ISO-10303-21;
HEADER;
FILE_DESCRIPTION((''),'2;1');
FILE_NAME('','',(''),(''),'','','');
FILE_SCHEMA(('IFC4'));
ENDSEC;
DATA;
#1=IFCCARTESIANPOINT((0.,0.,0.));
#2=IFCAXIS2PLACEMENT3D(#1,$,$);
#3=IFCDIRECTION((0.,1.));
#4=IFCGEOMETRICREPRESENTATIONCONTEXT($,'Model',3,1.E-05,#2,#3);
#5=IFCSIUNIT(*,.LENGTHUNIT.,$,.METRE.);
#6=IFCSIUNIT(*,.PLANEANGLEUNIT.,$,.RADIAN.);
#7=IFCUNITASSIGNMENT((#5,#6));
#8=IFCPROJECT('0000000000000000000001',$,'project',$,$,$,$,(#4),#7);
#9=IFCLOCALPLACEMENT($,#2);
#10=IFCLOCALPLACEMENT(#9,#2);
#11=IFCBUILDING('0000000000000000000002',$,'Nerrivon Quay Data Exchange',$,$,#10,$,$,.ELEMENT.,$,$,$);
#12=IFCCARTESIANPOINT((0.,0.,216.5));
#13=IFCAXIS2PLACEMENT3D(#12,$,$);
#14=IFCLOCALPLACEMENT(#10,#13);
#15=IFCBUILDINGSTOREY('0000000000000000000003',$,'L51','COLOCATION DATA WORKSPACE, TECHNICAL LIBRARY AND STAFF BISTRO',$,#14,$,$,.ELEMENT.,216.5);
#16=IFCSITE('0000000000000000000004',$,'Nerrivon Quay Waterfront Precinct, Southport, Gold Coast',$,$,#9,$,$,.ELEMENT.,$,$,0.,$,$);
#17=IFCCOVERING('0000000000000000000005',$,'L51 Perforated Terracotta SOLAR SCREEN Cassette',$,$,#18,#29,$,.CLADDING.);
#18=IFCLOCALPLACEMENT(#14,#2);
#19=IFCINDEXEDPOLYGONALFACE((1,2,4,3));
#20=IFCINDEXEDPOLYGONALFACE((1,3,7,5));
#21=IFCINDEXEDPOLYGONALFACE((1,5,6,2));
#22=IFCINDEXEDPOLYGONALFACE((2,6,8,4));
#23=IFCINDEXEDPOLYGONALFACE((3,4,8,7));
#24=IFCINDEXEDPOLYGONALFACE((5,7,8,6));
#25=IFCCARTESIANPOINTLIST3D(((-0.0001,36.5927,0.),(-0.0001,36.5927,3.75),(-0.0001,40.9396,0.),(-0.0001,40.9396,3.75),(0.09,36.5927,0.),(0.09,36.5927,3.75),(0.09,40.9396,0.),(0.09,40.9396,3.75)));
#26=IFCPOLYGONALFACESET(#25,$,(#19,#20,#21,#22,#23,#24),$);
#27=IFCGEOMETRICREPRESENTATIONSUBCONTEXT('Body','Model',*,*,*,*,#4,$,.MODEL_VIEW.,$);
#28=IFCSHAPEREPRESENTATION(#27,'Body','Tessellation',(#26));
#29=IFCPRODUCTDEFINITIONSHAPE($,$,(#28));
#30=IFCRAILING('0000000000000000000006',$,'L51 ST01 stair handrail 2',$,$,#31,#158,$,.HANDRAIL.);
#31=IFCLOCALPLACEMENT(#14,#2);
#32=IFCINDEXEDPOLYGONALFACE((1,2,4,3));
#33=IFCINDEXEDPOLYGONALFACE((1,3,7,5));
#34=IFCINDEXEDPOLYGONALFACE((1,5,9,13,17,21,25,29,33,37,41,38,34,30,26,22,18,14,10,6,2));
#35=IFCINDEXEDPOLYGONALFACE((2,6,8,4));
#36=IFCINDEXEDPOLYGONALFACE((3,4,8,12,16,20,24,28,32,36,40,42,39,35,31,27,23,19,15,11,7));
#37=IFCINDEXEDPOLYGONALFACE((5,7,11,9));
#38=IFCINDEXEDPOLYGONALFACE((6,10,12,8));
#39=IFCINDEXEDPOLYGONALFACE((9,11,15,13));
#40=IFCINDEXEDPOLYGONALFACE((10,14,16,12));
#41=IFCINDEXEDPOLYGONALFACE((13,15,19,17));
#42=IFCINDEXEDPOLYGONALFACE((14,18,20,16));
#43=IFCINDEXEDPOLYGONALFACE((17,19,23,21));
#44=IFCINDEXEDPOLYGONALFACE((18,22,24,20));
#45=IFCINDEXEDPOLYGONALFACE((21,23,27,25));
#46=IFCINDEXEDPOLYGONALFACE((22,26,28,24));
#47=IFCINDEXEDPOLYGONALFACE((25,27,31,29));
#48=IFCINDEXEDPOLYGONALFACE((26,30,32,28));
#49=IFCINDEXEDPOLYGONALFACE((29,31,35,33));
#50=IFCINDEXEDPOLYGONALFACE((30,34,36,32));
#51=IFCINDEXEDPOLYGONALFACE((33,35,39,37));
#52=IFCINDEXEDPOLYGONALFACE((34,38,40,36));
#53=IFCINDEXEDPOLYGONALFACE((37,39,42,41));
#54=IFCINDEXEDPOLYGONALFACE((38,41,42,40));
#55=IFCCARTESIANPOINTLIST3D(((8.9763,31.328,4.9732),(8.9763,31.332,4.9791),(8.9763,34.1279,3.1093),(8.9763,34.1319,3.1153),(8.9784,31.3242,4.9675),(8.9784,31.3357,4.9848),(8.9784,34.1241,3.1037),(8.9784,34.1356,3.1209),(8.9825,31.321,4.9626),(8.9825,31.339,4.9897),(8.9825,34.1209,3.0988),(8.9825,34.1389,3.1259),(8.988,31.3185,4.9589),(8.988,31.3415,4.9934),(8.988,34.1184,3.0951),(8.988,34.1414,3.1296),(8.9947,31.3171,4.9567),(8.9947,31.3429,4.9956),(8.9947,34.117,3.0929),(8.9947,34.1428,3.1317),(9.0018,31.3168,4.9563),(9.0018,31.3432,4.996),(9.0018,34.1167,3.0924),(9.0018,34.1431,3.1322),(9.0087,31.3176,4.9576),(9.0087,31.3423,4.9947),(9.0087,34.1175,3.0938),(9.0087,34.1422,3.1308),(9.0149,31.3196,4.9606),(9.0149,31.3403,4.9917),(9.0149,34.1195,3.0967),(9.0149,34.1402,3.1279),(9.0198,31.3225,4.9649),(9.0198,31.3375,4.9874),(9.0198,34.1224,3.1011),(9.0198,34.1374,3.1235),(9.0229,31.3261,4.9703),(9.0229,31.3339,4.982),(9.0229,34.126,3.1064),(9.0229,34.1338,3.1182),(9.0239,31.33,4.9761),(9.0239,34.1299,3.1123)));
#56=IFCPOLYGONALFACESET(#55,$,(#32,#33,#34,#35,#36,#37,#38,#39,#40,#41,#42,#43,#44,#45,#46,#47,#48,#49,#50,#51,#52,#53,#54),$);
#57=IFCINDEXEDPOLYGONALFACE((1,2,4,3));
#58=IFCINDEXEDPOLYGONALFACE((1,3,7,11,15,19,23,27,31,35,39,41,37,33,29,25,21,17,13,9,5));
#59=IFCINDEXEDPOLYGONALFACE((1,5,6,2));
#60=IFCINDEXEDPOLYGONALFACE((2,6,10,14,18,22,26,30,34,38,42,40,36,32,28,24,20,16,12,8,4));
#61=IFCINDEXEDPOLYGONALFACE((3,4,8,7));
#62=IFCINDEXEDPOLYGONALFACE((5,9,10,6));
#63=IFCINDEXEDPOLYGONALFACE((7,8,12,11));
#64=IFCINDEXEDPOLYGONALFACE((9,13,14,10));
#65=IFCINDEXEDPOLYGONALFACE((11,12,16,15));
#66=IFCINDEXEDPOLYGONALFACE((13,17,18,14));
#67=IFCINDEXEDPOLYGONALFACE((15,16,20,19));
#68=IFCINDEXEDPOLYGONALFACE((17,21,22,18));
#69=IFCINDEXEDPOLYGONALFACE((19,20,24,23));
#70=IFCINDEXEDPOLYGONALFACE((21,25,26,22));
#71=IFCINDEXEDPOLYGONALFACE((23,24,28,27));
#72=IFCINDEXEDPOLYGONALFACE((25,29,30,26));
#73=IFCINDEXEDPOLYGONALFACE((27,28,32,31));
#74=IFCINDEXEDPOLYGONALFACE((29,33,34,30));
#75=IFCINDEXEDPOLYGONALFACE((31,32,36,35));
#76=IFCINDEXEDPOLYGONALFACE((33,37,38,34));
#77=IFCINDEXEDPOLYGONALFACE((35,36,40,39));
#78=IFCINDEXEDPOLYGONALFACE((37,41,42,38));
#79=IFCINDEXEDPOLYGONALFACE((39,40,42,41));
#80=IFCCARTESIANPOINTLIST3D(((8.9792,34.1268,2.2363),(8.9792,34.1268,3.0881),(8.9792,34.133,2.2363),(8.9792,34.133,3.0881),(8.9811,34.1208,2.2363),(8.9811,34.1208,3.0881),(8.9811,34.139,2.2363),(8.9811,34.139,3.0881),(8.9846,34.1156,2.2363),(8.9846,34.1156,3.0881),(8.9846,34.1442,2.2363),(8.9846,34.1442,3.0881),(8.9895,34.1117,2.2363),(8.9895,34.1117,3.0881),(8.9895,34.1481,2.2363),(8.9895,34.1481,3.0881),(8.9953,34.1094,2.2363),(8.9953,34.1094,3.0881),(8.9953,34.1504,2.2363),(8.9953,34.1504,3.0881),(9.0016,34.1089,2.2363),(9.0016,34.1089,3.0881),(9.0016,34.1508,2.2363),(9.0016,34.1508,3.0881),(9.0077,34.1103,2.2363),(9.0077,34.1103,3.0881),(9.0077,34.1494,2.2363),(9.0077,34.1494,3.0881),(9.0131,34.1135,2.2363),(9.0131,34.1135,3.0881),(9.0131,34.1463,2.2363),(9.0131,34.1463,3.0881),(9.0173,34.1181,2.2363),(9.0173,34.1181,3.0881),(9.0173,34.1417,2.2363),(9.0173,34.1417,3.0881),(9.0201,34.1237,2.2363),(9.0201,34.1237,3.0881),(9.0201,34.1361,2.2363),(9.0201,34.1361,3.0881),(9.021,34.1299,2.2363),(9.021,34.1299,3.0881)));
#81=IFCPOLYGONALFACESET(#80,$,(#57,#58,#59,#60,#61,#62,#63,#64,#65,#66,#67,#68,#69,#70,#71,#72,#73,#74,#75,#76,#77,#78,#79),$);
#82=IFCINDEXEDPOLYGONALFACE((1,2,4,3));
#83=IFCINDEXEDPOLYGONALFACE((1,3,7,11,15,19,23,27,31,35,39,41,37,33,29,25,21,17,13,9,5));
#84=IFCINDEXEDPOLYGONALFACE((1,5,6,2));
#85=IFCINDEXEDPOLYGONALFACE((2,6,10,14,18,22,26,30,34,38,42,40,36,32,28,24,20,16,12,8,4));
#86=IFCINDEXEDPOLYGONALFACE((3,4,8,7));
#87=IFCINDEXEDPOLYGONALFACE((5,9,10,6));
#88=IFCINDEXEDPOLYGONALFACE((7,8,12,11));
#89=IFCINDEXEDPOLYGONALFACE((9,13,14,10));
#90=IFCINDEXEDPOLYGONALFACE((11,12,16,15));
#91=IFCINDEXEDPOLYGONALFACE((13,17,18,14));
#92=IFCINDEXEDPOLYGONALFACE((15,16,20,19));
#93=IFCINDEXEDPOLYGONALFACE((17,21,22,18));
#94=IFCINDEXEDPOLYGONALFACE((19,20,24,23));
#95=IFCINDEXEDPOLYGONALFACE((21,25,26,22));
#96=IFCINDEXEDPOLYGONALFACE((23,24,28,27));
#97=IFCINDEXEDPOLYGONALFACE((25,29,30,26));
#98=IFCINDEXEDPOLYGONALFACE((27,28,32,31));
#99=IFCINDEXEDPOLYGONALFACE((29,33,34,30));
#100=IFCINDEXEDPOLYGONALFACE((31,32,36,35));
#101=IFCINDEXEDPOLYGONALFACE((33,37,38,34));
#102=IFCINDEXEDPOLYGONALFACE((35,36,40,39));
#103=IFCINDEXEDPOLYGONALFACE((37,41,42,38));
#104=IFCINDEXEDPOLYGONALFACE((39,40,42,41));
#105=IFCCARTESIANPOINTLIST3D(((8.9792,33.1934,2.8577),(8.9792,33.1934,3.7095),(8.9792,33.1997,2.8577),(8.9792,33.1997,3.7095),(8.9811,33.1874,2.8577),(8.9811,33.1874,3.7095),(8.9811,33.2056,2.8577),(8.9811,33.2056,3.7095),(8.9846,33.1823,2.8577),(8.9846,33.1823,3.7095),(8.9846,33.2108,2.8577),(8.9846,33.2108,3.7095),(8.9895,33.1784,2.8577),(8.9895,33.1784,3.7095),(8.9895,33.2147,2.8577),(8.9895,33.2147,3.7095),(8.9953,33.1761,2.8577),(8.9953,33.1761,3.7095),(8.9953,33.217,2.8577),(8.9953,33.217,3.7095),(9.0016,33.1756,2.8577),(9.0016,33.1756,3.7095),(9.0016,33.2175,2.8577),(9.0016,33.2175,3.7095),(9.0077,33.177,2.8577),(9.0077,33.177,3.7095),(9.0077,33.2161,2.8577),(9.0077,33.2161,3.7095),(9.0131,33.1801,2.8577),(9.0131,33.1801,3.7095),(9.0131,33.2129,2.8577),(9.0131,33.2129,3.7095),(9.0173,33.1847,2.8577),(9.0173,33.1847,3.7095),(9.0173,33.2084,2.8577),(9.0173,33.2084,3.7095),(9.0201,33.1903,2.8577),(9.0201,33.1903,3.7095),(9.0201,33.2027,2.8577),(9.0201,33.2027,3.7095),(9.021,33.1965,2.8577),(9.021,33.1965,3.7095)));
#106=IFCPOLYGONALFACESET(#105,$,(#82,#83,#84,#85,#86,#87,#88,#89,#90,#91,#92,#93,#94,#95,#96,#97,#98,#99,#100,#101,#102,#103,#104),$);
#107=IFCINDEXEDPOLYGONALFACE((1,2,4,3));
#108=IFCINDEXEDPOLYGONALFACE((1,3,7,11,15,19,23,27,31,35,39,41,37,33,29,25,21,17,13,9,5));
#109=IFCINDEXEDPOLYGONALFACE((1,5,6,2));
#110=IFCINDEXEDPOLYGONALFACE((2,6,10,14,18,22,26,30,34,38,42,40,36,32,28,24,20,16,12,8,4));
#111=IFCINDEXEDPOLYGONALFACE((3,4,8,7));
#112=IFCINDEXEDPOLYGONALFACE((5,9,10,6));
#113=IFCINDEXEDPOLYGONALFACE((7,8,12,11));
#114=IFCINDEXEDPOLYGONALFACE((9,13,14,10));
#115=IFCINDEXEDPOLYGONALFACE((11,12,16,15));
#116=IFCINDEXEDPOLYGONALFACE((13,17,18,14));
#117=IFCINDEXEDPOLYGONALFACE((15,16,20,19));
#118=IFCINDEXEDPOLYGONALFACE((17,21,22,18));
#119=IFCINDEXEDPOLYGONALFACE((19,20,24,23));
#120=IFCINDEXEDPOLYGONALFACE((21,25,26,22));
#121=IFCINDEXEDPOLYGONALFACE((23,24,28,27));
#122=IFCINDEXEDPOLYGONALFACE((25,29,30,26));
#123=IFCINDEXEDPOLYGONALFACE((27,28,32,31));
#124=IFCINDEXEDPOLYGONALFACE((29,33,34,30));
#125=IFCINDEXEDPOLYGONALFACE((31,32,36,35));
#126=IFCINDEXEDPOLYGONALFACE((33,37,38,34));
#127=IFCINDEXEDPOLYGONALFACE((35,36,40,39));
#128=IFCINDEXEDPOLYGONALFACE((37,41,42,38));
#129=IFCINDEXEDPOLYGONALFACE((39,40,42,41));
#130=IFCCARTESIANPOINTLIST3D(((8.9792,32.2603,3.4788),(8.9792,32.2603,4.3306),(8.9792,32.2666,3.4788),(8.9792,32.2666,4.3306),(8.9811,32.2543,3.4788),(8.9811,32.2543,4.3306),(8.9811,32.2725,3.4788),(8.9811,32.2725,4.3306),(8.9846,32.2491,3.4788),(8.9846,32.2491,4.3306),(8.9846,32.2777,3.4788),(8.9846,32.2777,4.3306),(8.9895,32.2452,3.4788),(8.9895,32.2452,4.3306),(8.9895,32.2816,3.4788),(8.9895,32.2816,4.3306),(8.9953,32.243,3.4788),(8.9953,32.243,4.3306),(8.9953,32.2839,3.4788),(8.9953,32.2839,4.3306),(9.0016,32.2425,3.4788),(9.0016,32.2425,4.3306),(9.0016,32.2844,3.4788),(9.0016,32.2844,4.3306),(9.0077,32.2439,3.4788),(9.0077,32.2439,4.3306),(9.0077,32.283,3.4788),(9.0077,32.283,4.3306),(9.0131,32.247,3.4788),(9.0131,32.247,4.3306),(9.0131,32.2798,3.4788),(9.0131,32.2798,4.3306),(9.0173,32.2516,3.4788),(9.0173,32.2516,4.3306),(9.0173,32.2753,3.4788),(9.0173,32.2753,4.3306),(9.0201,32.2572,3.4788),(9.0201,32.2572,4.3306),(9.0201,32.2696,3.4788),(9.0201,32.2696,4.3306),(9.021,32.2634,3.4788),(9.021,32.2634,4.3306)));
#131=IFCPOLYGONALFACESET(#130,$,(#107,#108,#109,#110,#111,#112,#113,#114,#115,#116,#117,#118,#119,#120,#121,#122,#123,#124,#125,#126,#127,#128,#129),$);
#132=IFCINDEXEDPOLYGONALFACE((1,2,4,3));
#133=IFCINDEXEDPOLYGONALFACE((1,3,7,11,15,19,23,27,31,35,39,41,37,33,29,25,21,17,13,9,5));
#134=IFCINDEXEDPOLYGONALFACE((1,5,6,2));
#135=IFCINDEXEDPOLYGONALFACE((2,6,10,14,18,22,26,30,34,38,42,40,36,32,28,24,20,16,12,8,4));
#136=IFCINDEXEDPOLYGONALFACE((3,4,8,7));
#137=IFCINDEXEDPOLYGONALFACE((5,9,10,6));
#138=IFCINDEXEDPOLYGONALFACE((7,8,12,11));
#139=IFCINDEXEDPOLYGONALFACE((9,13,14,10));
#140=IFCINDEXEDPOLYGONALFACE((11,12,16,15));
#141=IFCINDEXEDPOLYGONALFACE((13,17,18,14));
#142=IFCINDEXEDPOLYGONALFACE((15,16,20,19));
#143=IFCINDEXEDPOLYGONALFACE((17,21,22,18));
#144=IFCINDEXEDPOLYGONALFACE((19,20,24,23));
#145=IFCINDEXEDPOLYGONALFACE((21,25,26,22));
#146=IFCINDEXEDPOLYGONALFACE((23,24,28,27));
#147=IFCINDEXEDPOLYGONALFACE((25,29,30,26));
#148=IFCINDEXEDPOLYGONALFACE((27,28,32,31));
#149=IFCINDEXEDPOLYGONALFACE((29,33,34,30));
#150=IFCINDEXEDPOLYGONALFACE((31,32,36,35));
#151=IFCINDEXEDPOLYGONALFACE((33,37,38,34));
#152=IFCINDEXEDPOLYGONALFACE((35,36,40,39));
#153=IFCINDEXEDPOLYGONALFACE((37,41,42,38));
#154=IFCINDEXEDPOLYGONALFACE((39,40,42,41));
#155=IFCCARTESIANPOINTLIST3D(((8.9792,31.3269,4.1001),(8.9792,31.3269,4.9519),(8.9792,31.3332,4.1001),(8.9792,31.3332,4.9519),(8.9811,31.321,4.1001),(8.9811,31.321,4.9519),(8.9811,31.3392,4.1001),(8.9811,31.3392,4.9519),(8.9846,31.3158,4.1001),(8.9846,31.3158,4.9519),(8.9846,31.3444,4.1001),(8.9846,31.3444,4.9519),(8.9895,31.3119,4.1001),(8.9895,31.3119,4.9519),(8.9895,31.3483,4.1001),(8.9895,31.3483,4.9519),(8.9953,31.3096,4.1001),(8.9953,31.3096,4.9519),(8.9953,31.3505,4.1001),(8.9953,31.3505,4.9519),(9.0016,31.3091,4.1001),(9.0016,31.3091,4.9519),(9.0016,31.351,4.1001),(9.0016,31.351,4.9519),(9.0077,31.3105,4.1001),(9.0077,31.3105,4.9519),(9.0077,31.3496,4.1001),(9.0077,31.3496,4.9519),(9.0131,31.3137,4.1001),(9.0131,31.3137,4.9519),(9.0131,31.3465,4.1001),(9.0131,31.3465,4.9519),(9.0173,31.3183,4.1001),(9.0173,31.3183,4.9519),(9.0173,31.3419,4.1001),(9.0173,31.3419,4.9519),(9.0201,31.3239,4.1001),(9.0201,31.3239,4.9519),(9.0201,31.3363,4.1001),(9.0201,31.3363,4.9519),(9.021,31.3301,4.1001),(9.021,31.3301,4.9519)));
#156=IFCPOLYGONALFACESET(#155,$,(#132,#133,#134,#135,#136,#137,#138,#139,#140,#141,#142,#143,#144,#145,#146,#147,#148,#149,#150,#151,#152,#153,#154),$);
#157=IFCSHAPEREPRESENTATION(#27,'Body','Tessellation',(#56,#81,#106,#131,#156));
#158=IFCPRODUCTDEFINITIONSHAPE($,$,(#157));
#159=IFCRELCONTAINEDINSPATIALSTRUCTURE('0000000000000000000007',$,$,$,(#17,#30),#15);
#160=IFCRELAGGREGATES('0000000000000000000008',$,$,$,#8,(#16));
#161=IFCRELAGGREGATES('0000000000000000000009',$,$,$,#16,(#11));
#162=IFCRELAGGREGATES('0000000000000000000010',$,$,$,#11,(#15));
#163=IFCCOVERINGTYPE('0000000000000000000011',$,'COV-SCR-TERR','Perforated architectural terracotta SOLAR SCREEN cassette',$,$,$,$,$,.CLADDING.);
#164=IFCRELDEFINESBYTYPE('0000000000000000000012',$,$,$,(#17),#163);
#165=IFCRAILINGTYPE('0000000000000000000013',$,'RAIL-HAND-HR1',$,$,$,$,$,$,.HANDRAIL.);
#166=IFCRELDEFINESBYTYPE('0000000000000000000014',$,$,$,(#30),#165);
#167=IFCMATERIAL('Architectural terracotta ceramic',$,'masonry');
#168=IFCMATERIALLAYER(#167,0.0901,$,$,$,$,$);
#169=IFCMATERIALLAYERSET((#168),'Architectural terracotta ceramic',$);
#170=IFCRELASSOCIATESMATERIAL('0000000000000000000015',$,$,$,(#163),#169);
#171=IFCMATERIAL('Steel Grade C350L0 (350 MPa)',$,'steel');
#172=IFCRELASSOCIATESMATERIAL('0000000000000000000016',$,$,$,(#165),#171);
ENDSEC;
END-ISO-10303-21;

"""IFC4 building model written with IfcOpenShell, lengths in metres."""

from ifc_helpers import new_model, si_unit, direction, frame, origin, origin_2d, place, context, subcontext, project, spatial, rectangle, circle, extrude, material, layer, layer_set, type_object, element, save


model = new_model("IFC4")

# Units and contexts
model_context = context("Model", 3, precision=1e-05, world=origin(), true_north=direction((0.0, 1.0)))
body_context = subcontext(model_context, "Body", "Model", "MODEL_VIEW")
ifc_project = project(units=[si_unit("LENGTHUNIT", "METRE"), si_unit("PLANEANGLEUNIT", "RADIAN")], contexts=[model_context])

# Site, building, storey
site_placement = place(None, origin())
site = spatial("IfcSite", under=ifc_project, at=site_placement, Name="Nerrivon Quay Waterfront Precinct, Southport, Gold Coast", CompositionType="ELEMENT", RefElevation=0.0)
building_placement = place(site_placement, origin())
building = spatial("IfcBuilding", under=site, at=building_placement, Name="Nerrivon Quay Data Exchange", CompositionType="ELEMENT")
storey_placement = place(building_placement, frame((0.0, 0.0, 216.5)))
storey = spatial("IfcBuildingStorey", under=building, at=storey_placement, Name="L51", Description="COLOCATION DATA WORKSPACE, TECHNICAL LIBRARY AND STAFF BISTRO", CompositionType="ELEMENT", Elevation=216.5)

# Shared definitions
ifc_material_1 = material(Name="Steel Grade C350L0 (350 MPa)", Category="steel")

# Covering
ifc_material_2 = material(Name="Architectural terracotta ceramic", Category="masonry")
ifc_layer_1 = layer(ifc_material_2, 0.0901)
ifc_layer_set_1 = layer_set([ifc_layer_1], Name="Architectural terracotta ceramic")
covering_type = type_object("IfcCoveringType", Name="COV-SCR-TERR", Description="Perforated architectural terracotta SOLAR SCREEN cassette", PredefinedType="CLADDING", material=ifc_layer_set_1)
covering_placement = place(storey_placement, frame((0.0449, 38.7661, 0.0), z_axis=(0.0, 0.0, 1.0), x_axis=(0.0, 1.0, 0.0)))
element("IfcCovering", 1, at=covering_placement, inside=storey, type_object=covering_type, Name="L51 Perforated Terracotta SOLAR SCREEN Cassette", PredefinedType="CLADDING", context=body_context, shape_type="SweptSolid", body=[
    extrude(rectangle(XDim=4.3469, YDim=0.0901, at=origin_2d()), origin(), (0.0, 0.0, 1.0), 3.75),
])

# Railing
railing_type_1 = type_object("IfcRailingType", Name="RAIL-HAND-HR1", PredefinedType="HANDRAIL", material=ifc_material_1)
railing_1_placement = place(storey_placement, frame((9.0, 34.1299, 2.2363)))
element("IfcRailing", 2, at=railing_1_placement, inside=storey, type_object=railing_type_1, Name="L51 ST01 stair handrail 2", PredefinedType="HANDRAIL", context=body_context, shape_type="SweptSolid", body=[
    extrude(circle(Radius=0.0239, at=origin_2d()), frame((0.0, 0.0, 0.876), z_axis=(0.0, -0.83243, 0.554131), x_axis=(1.0, 0.0, 0.0)), (0.0, 0.0, 1.0), 3.3635),
    extrude(circle(Radius=0.021, at=origin_2d()), origin(), (0.0, 0.0, 1.0), 0.8518),
    extrude(circle(Radius=0.021, at=origin_2d()), frame((0.0, -0.9333, 0.6213)), (0.0, 0.0, 1.0), 0.8518),
    extrude(circle(Radius=0.021, at=origin_2d()), frame((0.0, -1.8665, 1.2424)), (0.0, 0.0, 1.0), 0.8518),
    extrude(circle(Radius=0.021, at=origin_2d()), frame((0.0, -2.7998, 1.8638)), (0.0, 0.0, 1.0), 0.8518),
])

save(model, "model.ifc")
